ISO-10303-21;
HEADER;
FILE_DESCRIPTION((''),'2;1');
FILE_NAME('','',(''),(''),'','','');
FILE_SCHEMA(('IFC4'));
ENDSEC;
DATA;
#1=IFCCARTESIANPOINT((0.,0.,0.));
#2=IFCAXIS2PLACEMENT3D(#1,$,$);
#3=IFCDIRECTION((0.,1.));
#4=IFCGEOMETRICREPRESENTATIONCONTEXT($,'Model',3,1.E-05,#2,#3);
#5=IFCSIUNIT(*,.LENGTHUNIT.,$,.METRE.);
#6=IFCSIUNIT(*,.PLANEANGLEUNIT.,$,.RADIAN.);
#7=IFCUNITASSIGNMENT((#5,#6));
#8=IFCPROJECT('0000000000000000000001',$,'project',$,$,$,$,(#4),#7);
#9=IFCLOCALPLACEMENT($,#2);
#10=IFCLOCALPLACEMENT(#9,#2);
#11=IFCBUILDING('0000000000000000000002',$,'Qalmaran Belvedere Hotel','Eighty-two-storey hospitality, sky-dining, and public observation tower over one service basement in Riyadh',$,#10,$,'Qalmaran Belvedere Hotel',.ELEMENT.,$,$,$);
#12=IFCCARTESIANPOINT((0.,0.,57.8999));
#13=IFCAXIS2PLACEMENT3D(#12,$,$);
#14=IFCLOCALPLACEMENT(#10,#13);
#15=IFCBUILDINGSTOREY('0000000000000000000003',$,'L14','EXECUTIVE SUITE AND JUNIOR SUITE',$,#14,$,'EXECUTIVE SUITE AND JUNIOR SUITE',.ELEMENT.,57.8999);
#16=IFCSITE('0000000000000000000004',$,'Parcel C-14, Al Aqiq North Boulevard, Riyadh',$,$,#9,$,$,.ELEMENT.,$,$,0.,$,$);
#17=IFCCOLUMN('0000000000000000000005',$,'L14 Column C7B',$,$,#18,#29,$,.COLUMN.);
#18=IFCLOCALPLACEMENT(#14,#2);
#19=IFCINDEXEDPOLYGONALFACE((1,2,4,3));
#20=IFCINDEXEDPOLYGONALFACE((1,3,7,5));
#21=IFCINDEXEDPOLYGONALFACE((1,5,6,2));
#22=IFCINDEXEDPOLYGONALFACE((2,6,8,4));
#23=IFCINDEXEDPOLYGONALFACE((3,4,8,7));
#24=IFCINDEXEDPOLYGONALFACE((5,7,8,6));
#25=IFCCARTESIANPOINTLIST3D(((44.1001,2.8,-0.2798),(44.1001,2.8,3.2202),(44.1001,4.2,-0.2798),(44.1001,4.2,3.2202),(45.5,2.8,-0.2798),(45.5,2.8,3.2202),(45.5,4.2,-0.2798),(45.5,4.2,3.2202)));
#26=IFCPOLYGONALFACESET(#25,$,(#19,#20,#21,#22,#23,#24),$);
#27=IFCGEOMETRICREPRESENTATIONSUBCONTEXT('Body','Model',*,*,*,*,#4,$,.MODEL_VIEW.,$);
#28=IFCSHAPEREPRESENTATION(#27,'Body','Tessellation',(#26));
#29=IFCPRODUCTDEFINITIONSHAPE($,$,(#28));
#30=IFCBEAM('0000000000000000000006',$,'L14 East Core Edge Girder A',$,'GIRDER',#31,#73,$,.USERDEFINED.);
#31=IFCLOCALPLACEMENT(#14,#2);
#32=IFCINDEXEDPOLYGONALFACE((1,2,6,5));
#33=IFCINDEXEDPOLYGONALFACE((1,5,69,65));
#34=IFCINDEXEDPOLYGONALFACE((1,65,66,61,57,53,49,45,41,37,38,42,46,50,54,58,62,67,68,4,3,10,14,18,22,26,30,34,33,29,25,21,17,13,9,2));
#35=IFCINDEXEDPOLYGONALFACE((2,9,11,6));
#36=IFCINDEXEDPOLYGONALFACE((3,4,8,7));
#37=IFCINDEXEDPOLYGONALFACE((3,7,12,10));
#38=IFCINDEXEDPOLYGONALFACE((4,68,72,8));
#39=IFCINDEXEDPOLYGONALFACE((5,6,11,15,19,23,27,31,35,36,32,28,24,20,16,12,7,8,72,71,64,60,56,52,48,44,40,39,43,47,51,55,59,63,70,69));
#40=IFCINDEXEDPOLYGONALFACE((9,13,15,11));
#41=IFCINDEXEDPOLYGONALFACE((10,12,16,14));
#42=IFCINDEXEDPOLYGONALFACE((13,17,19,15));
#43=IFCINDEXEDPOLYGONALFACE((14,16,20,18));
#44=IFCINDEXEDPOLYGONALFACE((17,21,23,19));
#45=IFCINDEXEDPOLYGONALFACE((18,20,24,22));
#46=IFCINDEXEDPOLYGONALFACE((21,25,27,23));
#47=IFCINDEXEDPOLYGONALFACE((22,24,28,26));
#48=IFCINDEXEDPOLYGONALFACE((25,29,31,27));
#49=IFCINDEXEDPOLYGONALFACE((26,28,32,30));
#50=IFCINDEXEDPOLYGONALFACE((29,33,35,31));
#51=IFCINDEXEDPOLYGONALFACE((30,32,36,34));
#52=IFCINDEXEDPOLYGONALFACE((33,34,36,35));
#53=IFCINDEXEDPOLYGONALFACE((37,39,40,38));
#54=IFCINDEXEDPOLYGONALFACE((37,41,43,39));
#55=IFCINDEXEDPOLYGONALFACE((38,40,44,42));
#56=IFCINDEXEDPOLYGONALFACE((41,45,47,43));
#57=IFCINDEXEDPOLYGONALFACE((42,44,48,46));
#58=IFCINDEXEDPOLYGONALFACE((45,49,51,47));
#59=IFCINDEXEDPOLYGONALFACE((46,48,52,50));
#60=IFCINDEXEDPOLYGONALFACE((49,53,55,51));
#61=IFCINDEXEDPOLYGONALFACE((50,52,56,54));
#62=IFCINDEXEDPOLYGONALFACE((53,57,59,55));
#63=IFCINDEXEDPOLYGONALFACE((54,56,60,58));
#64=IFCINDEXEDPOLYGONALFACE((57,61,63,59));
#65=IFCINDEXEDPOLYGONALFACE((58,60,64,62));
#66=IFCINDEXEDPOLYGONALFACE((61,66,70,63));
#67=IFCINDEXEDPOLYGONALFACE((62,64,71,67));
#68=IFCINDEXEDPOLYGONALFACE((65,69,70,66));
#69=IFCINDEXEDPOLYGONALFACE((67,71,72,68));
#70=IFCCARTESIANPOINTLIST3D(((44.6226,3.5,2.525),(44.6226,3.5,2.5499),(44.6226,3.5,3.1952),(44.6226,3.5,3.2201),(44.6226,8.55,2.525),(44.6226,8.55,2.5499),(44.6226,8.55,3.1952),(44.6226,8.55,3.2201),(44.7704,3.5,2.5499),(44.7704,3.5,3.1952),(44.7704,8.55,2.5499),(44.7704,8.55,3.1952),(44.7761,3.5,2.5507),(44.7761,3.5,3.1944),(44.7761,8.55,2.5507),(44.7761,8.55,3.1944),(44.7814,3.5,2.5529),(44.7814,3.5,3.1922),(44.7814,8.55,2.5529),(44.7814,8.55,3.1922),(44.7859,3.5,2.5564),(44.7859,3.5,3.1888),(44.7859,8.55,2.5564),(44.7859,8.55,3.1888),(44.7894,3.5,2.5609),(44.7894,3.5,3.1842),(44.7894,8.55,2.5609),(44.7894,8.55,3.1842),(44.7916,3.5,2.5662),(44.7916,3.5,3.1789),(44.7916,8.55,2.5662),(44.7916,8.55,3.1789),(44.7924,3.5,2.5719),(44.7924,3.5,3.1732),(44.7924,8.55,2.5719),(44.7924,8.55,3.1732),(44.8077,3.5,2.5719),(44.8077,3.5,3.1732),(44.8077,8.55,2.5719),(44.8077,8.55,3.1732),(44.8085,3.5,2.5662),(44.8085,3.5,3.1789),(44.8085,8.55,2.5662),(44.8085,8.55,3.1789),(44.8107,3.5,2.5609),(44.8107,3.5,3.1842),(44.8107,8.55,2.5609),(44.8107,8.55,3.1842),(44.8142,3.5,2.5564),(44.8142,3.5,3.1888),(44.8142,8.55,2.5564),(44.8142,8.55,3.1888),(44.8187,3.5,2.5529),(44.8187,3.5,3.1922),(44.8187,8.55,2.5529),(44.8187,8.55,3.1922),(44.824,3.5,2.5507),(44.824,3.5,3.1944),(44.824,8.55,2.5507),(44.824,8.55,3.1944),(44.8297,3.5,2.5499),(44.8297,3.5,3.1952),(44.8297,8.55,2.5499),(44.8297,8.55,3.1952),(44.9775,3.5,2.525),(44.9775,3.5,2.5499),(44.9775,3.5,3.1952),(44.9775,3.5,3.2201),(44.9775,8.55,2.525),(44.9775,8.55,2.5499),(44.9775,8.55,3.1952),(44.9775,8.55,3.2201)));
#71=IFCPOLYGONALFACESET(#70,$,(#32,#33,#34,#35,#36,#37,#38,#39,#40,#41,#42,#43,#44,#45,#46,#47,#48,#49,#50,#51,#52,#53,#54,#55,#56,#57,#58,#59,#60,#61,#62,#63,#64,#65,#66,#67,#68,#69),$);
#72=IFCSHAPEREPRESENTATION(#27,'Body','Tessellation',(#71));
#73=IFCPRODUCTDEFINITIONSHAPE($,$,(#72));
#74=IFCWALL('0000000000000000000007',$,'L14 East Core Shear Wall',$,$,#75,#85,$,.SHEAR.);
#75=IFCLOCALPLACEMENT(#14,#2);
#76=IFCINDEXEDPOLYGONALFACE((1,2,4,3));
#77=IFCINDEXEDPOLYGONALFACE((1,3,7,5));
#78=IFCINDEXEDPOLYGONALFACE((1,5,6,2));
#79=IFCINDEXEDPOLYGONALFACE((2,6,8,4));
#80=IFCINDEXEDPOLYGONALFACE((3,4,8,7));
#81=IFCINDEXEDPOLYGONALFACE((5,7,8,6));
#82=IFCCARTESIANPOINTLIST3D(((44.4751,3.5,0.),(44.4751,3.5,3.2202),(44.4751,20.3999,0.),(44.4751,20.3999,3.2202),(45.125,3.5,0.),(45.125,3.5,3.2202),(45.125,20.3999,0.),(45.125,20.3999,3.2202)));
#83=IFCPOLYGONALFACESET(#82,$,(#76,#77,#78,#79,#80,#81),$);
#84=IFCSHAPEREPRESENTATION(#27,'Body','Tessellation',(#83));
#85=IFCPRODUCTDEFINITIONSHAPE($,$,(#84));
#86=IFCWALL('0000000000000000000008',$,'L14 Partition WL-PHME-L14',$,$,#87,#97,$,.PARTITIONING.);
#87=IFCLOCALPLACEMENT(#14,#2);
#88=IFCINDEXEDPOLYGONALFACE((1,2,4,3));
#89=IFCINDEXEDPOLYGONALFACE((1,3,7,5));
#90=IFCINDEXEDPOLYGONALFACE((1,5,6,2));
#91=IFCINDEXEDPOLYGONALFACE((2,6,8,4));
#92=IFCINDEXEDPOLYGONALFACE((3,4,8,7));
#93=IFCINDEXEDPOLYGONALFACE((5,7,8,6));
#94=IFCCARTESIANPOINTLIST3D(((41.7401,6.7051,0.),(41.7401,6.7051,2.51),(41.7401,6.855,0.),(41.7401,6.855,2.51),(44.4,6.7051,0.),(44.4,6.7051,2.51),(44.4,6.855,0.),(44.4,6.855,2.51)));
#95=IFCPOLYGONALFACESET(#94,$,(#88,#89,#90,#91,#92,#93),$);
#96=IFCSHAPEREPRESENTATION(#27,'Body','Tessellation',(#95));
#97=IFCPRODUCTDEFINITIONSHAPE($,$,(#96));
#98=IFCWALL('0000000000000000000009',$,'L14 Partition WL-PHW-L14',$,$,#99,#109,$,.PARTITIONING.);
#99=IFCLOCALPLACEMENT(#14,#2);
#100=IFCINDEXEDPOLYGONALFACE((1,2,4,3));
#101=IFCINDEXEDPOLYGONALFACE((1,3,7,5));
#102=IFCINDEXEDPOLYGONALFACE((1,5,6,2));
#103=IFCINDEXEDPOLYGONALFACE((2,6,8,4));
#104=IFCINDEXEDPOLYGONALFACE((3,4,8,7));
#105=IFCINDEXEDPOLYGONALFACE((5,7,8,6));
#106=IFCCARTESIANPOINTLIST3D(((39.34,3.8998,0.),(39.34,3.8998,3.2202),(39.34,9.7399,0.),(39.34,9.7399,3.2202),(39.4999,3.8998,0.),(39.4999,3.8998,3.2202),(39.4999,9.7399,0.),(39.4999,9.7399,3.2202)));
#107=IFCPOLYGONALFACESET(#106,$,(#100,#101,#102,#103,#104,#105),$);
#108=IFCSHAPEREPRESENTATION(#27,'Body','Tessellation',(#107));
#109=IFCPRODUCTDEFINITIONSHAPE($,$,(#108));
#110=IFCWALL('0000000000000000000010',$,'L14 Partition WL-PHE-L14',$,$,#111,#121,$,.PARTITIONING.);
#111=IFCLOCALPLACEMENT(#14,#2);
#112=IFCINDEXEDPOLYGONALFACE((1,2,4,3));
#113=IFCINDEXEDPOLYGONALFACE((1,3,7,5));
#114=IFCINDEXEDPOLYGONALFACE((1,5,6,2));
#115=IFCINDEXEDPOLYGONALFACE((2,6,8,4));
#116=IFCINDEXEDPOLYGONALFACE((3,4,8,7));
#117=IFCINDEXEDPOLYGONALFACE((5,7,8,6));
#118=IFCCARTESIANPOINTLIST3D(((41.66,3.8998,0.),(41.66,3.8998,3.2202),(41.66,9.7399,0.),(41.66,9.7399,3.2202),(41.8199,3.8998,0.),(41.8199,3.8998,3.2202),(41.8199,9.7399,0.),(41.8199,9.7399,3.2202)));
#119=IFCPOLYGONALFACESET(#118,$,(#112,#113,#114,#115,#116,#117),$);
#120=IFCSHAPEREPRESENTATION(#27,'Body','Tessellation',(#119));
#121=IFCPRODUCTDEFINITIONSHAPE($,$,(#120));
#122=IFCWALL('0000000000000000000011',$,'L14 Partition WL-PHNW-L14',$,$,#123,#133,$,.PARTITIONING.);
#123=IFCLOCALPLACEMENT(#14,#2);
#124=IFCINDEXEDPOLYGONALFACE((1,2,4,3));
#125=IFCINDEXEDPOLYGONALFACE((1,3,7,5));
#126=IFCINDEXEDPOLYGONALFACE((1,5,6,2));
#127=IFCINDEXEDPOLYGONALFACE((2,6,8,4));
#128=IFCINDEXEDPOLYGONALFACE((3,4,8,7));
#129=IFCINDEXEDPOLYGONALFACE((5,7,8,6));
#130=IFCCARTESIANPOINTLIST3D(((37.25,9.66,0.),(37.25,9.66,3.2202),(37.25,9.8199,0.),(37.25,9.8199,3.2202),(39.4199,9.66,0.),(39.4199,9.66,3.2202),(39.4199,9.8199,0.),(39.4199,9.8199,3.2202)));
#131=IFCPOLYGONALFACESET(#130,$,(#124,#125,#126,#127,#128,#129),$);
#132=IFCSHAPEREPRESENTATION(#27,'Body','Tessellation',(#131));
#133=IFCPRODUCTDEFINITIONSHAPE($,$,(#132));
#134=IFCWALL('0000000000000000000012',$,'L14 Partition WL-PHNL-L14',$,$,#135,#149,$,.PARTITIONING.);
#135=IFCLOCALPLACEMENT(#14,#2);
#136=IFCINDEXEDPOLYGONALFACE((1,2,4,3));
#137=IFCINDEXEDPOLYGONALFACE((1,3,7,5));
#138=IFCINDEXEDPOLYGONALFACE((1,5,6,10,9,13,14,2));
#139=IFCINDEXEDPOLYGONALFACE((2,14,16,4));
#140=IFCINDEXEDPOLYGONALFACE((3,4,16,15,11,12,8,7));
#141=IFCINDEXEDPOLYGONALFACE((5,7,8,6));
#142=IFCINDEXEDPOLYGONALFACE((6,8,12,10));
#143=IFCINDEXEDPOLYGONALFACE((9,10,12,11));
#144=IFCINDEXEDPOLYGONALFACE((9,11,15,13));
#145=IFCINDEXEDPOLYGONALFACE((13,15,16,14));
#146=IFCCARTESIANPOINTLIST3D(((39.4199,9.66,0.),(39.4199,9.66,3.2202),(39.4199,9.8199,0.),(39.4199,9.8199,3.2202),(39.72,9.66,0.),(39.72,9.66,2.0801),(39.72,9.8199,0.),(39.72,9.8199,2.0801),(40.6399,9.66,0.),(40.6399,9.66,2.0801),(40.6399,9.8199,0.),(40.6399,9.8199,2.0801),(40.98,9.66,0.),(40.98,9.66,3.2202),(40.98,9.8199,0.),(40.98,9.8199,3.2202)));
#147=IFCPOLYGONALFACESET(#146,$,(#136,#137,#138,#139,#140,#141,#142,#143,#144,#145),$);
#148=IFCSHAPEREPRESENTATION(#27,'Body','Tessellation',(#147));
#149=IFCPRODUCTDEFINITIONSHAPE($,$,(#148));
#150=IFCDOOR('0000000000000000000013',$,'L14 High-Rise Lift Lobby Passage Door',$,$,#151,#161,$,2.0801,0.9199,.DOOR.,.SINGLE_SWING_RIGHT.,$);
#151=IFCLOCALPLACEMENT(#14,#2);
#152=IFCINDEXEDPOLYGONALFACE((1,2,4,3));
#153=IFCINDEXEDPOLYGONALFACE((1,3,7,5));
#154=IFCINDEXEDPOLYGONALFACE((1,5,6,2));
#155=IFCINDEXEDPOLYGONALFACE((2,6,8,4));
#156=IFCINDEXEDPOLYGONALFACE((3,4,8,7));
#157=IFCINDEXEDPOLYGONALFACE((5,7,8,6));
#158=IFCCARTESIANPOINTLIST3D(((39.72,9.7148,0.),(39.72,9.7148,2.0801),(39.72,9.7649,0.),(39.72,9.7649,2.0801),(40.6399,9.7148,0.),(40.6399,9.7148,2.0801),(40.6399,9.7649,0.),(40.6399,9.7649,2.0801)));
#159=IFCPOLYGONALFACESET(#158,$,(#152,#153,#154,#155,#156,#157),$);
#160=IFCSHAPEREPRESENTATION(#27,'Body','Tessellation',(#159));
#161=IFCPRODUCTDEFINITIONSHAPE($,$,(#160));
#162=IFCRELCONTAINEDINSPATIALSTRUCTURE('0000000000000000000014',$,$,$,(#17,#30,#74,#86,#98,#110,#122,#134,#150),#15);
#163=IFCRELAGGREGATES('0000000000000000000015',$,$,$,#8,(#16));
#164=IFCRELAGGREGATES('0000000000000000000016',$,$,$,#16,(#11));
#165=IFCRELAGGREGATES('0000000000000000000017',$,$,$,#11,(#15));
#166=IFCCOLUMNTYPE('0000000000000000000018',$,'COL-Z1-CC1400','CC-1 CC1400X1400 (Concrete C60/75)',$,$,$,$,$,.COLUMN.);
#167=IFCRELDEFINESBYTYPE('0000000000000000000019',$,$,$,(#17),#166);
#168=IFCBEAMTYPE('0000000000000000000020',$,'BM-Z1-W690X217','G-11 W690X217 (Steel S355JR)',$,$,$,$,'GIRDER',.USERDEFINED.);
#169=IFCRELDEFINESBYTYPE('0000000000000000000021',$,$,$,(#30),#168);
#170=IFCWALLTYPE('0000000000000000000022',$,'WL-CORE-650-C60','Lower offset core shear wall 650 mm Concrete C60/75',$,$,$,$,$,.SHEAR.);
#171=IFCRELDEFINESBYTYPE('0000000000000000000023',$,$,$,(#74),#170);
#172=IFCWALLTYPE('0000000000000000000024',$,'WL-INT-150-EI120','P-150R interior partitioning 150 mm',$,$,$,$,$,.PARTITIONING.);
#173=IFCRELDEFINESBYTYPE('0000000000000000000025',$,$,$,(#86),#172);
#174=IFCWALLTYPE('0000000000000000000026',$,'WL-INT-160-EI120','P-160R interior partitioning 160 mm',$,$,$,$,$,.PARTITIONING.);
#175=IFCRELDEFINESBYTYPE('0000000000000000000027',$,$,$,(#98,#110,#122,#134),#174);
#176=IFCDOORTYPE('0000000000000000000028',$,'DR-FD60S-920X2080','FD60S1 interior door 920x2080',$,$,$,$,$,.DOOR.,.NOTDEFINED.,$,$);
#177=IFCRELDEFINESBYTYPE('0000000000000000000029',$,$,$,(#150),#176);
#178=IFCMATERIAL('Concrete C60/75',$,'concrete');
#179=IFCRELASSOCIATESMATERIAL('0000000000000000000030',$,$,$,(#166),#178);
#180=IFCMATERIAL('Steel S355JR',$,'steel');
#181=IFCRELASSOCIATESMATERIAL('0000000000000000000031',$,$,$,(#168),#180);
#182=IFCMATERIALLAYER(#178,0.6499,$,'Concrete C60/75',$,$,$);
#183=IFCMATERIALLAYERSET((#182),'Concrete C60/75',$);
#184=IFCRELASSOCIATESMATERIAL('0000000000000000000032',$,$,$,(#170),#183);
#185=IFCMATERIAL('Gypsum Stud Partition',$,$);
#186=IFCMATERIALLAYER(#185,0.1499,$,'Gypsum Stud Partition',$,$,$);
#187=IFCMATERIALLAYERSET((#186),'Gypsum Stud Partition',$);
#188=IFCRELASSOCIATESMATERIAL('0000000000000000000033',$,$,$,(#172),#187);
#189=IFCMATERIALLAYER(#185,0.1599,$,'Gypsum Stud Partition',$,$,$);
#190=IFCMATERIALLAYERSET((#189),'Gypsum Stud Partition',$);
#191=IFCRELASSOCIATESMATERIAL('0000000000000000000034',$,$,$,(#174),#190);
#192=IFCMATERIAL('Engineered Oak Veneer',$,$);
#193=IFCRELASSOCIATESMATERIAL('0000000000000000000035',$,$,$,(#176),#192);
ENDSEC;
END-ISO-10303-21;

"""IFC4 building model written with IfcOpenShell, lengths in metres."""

from ifc_helpers import new_model, si_unit, direction, frame, frame_2d, origin, origin_2d, place, context, subcontext, project, spatial, rectangle, i_section, extrude, material, layer, layer_set, material_profile, profile_set, type_object, element, fill, save


model = new_model("IFC4")

# Units and contexts
model_context = context("Model", 3, precision=1e-05, world=origin(), true_north=direction((0.0, 1.0)))
body_context = subcontext(model_context, "Body", "Model", "MODEL_VIEW")
ifc_project = project(units=[si_unit("LENGTHUNIT", "METRE"), si_unit("PLANEANGLEUNIT", "RADIAN")], contexts=[model_context])

# Site, building, storey
site_placement = place(None, origin())
site = spatial("IfcSite", under=ifc_project, at=site_placement, Name="Parcel C-14, Al Aqiq North Boulevard, Riyadh", CompositionType="ELEMENT", RefElevation=0.0)
building_placement = place(site_placement, origin())
building = spatial("IfcBuilding", under=site, at=building_placement, Name="Qalmaran Belvedere Hotel", Description="Eighty-two-storey hospitality, sky-dining, and public observation tower over one service basement in Riyadh", LongName="Qalmaran Belvedere Hotel", CompositionType="ELEMENT")
storey_placement = place(building_placement, frame((0.0, 0.0, 57.8999)))
storey = spatial("IfcBuildingStorey", under=building, at=storey_placement, Name="L14", Description="EXECUTIVE SUITE AND JUNIOR SUITE", LongName="EXECUTIVE SUITE AND JUNIOR SUITE", CompositionType="ELEMENT", Elevation=57.8999)

# Column
ifc_material_1 = material(Name="Concrete C60/75", Category="concrete")
ifc_material_profile_1 = material_profile(ifc_material_1, rectangle(XDim=1.3999, YDim=1.3999, at=origin_2d()), Name="CC1400X1400")
ifc_profile_set_1 = profile_set([ifc_material_profile_1], Name="Concrete C60/75")
column_type = type_object("IfcColumnType", Name="COL-Z1-CC1400", Description="CC-1 CC1400X1400 (Concrete C60/75)", PredefinedType="COLUMN", material=ifc_profile_set_1)
column_placement = place(storey_placement, frame((44.8, 3.5, -0.2798), z_axis=(0.0, 0.0, 1.0), x_axis=(1.0, 0.0, 0.0)))
element("IfcColumn", 1, at=column_placement, inside=storey, type_object=column_type, Name="L14 Column C7B", PredefinedType="COLUMN", context=body_context, shape_type="SweptSolid", body=[
    extrude(rectangle(XDim=1.3999, YDim=1.3999, at=origin_2d()), origin(), (0.0, 0.0, 1.0), 3.5),
])

# Beam
ifc_material_2 = material(Name="Steel S355JR", Category="steel")
ifc_material_profile_2 = material_profile(ifc_material_2, i_section(OverallWidth=0.355, OverallDepth=0.6951, WebThickness=0.0154, FlangeThickness=0.0249, FilletRadius=0.022, at=origin_2d()), Name="W690X217")
ifc_profile_set_2 = profile_set([ifc_material_profile_2], Name="Steel S355JR")
beam_type = type_object("IfcBeamType", Name="BM-Z1-W690X217", Description="G-11 W690X217 (Steel S355JR)", ElementType="GIRDER", PredefinedType="USERDEFINED", material=ifc_profile_set_2)
beam_placement = place(storey_placement, frame((44.8, 3.5, 2.8726), z_axis=(0.0, 1.0, 0.0), x_axis=(-1.0, 0.0, 0.0)))
element("IfcBeam", 2, at=beam_placement, inside=storey, type_object=beam_type, Name="L14 East Core Edge Girder A", ObjectType="GIRDER", PredefinedType="USERDEFINED", context=body_context, shape_type="SweptSolid", body=[
    extrude(i_section(OverallWidth=0.355, OverallDepth=0.6951, WebThickness=0.0154, FlangeThickness=0.0249, FilletRadius=0.022, at=origin_2d()), origin(), (0.0, 0.0, 1.0), 5.05),
])

# Walls
ifc_layer_1 = layer(ifc_material_1, 0.6499, Name="Concrete C60/75")
ifc_layer_set_1 = layer_set([ifc_layer_1], Name="Concrete C60/75")
wall_type_1 = type_object("IfcWallType", Name="WL-CORE-650-C60", Description="Lower offset core shear wall 650 mm Concrete C60/75", PredefinedType="SHEAR", material=ifc_layer_set_1)
wall_1_placement = place(storey_placement, frame((44.8, 3.5, 0.0), z_axis=(0.0, 0.0, 1.0), x_axis=(0.0, 1.0, 0.0)))
element("IfcWall", 3, at=wall_1_placement, inside=storey, type_object=wall_type_1, Name="L14 East Core Shear Wall", PredefinedType="SHEAR", context=body_context, shape_type="SweptSolid", body=[
    extrude(rectangle(XDim=16.8999, YDim=0.6499, at=frame_2d((8.45, 0.0))), origin(), (0.0, 0.0, 1.0), 3.2202),
])
ifc_material_3 = material(Name="Gypsum Stud Partition")
ifc_layer_2 = layer(ifc_material_3, 0.1499, Name="Gypsum Stud Partition")
ifc_layer_set_2 = layer_set([ifc_layer_2], Name="Gypsum Stud Partition")
wall_type_2 = type_object("IfcWallType", Name="WL-INT-150-EI120", Description="P-150R interior partitioning 150 mm", PredefinedType="PARTITIONING", material=ifc_layer_set_2)
wall_2_placement = place(storey_placement, frame((41.74, 6.78, 0.0), z_axis=(0.0, 0.0, 1.0), x_axis=(1.0, 0.0, 0.0)))
element("IfcWall", 4, at=wall_2_placement, inside=storey, type_object=wall_type_2, Name="L14 Partition WL-PHME-L14", PredefinedType="PARTITIONING", context=body_context, shape_type="SweptSolid", body=[
    extrude(rectangle(XDim=2.6599, YDim=0.1499, at=frame_2d((1.3301, 0.0))), origin(), (0.0, 0.0, 1.0), 2.51),
])
ifc_layer_3 = layer(ifc_material_3, 0.1599, Name="Gypsum Stud Partition")
ifc_layer_set_3 = layer_set([ifc_layer_3], Name="Gypsum Stud Partition")
wall_type_3 = type_object("IfcWallType", Name="WL-INT-160-EI120", Description="P-160R interior partitioning 160 mm", PredefinedType="PARTITIONING", material=ifc_layer_set_3)
for number, where, z_axis, x_axis, name in (
    (5, (39.4199, 3.8999, 0.0), (0.0, 0.0, 1.0), (0.0, 1.0, 0.0), "L14 Partition WL-PHW-L14"),
    (6, (41.74, 3.8999, 0.0), (0.0, 0.0, 1.0), (0.0, 1.0, 0.0), "L14 Partition WL-PHE-L14"),
):
    element("IfcWall", number, at=place(storey_placement, frame(where, z_axis=z_axis, x_axis=x_axis)), inside=storey, type_object=wall_type_3, Name=name, PredefinedType="PARTITIONING", context=body_context, shape_type="SweptSolid", body=[
        extrude(rectangle(XDim=5.8401, YDim=0.1599, at=frame_2d((2.9199, 0.0))), origin(), (0.0, 0.0, 1.0), 3.2202),
    ])
wall_3_placement = place(storey_placement, frame((37.25, 9.74, 0.0), z_axis=(0.0, 0.0, 1.0), x_axis=(1.0, 0.0, 0.0)))
element("IfcWall", 7, at=wall_3_placement, inside=storey, type_object=wall_type_3, Name="L14 Partition WL-PHNW-L14", PredefinedType="PARTITIONING", context=body_context, shape_type="SweptSolid", body=[
    extrude(rectangle(XDim=2.1699, YDim=0.1599, at=frame_2d((1.085, 0.0))), origin(), (0.0, 0.0, 1.0), 3.2202),
])

# Wall, opening, door
wall_4_placement = place(storey_placement, frame((39.4199, 9.74, 0.0), z_axis=(0.0, 0.0, 1.0), x_axis=(1.0, 0.0, 0.0)))
wall_4 = element("IfcWall", 8, at=wall_4_placement, inside=storey, type_object=wall_type_3, Name="L14 Partition WL-PHNL-L14", PredefinedType="PARTITIONING", context=body_context, shape_type="SweptSolid", body=[
    extrude(rectangle(XDim=1.5601, YDim=0.1599, at=frame_2d((0.78, 0.0))), origin(), (0.0, 0.0, 1.0), 3.2202),
])
opening_1_placement = place(wall_4_placement, frame((0.3, 0.0, 0.0)))
opening_1 = element("IfcOpeningElement", 9, at=opening_1_placement, cuts=wall_4, PredefinedType="OPENING", context=body_context, shape_type="SweptSolid", body=[
    extrude(rectangle(XDim=0.9199, YDim=2.0801, at=frame_2d((0.46, 1.04))), frame((0.0, 0.0898, 0.0), z_axis=(0.0, -1.0, 0.0), x_axis=(1.0, 0.0, 0.0)), (0.0, 0.0, 1.0), 0.1799),
])
ifc_material_4 = material(Name="Engineered Oak Veneer")
door_type = type_object("IfcDoorType", Name="DR-FD60S-920X2080", Description="FD60S1 interior door 920x2080", OperationType="NOTDEFINED", PredefinedType="DOOR", material=ifc_material_4)
door_1_placement = place(opening_1_placement, origin())
door_1 = element("IfcDoor", 10, at=door_1_placement, inside=storey, type_object=door_type, Name="L14 High-Rise Lift Lobby Passage Door", OperationType="SINGLE_SWING_RIGHT", OverallHeight=2.0801, OverallWidth=0.9199, PredefinedType="DOOR", context=body_context, shape_type="SweptSolid", body=[
    extrude(rectangle(XDim=0.9199, YDim=2.0801, at=frame_2d((0.46, 1.04))), frame((0.0, 0.0249, 0.0), z_axis=(0.0, -1.0, 0.0), x_axis=(1.0, 0.0, 0.0)), (0.0, 0.0, 1.0), 0.05),
])
fill(opening_1, door_1)

save(model, "model.ifc")
